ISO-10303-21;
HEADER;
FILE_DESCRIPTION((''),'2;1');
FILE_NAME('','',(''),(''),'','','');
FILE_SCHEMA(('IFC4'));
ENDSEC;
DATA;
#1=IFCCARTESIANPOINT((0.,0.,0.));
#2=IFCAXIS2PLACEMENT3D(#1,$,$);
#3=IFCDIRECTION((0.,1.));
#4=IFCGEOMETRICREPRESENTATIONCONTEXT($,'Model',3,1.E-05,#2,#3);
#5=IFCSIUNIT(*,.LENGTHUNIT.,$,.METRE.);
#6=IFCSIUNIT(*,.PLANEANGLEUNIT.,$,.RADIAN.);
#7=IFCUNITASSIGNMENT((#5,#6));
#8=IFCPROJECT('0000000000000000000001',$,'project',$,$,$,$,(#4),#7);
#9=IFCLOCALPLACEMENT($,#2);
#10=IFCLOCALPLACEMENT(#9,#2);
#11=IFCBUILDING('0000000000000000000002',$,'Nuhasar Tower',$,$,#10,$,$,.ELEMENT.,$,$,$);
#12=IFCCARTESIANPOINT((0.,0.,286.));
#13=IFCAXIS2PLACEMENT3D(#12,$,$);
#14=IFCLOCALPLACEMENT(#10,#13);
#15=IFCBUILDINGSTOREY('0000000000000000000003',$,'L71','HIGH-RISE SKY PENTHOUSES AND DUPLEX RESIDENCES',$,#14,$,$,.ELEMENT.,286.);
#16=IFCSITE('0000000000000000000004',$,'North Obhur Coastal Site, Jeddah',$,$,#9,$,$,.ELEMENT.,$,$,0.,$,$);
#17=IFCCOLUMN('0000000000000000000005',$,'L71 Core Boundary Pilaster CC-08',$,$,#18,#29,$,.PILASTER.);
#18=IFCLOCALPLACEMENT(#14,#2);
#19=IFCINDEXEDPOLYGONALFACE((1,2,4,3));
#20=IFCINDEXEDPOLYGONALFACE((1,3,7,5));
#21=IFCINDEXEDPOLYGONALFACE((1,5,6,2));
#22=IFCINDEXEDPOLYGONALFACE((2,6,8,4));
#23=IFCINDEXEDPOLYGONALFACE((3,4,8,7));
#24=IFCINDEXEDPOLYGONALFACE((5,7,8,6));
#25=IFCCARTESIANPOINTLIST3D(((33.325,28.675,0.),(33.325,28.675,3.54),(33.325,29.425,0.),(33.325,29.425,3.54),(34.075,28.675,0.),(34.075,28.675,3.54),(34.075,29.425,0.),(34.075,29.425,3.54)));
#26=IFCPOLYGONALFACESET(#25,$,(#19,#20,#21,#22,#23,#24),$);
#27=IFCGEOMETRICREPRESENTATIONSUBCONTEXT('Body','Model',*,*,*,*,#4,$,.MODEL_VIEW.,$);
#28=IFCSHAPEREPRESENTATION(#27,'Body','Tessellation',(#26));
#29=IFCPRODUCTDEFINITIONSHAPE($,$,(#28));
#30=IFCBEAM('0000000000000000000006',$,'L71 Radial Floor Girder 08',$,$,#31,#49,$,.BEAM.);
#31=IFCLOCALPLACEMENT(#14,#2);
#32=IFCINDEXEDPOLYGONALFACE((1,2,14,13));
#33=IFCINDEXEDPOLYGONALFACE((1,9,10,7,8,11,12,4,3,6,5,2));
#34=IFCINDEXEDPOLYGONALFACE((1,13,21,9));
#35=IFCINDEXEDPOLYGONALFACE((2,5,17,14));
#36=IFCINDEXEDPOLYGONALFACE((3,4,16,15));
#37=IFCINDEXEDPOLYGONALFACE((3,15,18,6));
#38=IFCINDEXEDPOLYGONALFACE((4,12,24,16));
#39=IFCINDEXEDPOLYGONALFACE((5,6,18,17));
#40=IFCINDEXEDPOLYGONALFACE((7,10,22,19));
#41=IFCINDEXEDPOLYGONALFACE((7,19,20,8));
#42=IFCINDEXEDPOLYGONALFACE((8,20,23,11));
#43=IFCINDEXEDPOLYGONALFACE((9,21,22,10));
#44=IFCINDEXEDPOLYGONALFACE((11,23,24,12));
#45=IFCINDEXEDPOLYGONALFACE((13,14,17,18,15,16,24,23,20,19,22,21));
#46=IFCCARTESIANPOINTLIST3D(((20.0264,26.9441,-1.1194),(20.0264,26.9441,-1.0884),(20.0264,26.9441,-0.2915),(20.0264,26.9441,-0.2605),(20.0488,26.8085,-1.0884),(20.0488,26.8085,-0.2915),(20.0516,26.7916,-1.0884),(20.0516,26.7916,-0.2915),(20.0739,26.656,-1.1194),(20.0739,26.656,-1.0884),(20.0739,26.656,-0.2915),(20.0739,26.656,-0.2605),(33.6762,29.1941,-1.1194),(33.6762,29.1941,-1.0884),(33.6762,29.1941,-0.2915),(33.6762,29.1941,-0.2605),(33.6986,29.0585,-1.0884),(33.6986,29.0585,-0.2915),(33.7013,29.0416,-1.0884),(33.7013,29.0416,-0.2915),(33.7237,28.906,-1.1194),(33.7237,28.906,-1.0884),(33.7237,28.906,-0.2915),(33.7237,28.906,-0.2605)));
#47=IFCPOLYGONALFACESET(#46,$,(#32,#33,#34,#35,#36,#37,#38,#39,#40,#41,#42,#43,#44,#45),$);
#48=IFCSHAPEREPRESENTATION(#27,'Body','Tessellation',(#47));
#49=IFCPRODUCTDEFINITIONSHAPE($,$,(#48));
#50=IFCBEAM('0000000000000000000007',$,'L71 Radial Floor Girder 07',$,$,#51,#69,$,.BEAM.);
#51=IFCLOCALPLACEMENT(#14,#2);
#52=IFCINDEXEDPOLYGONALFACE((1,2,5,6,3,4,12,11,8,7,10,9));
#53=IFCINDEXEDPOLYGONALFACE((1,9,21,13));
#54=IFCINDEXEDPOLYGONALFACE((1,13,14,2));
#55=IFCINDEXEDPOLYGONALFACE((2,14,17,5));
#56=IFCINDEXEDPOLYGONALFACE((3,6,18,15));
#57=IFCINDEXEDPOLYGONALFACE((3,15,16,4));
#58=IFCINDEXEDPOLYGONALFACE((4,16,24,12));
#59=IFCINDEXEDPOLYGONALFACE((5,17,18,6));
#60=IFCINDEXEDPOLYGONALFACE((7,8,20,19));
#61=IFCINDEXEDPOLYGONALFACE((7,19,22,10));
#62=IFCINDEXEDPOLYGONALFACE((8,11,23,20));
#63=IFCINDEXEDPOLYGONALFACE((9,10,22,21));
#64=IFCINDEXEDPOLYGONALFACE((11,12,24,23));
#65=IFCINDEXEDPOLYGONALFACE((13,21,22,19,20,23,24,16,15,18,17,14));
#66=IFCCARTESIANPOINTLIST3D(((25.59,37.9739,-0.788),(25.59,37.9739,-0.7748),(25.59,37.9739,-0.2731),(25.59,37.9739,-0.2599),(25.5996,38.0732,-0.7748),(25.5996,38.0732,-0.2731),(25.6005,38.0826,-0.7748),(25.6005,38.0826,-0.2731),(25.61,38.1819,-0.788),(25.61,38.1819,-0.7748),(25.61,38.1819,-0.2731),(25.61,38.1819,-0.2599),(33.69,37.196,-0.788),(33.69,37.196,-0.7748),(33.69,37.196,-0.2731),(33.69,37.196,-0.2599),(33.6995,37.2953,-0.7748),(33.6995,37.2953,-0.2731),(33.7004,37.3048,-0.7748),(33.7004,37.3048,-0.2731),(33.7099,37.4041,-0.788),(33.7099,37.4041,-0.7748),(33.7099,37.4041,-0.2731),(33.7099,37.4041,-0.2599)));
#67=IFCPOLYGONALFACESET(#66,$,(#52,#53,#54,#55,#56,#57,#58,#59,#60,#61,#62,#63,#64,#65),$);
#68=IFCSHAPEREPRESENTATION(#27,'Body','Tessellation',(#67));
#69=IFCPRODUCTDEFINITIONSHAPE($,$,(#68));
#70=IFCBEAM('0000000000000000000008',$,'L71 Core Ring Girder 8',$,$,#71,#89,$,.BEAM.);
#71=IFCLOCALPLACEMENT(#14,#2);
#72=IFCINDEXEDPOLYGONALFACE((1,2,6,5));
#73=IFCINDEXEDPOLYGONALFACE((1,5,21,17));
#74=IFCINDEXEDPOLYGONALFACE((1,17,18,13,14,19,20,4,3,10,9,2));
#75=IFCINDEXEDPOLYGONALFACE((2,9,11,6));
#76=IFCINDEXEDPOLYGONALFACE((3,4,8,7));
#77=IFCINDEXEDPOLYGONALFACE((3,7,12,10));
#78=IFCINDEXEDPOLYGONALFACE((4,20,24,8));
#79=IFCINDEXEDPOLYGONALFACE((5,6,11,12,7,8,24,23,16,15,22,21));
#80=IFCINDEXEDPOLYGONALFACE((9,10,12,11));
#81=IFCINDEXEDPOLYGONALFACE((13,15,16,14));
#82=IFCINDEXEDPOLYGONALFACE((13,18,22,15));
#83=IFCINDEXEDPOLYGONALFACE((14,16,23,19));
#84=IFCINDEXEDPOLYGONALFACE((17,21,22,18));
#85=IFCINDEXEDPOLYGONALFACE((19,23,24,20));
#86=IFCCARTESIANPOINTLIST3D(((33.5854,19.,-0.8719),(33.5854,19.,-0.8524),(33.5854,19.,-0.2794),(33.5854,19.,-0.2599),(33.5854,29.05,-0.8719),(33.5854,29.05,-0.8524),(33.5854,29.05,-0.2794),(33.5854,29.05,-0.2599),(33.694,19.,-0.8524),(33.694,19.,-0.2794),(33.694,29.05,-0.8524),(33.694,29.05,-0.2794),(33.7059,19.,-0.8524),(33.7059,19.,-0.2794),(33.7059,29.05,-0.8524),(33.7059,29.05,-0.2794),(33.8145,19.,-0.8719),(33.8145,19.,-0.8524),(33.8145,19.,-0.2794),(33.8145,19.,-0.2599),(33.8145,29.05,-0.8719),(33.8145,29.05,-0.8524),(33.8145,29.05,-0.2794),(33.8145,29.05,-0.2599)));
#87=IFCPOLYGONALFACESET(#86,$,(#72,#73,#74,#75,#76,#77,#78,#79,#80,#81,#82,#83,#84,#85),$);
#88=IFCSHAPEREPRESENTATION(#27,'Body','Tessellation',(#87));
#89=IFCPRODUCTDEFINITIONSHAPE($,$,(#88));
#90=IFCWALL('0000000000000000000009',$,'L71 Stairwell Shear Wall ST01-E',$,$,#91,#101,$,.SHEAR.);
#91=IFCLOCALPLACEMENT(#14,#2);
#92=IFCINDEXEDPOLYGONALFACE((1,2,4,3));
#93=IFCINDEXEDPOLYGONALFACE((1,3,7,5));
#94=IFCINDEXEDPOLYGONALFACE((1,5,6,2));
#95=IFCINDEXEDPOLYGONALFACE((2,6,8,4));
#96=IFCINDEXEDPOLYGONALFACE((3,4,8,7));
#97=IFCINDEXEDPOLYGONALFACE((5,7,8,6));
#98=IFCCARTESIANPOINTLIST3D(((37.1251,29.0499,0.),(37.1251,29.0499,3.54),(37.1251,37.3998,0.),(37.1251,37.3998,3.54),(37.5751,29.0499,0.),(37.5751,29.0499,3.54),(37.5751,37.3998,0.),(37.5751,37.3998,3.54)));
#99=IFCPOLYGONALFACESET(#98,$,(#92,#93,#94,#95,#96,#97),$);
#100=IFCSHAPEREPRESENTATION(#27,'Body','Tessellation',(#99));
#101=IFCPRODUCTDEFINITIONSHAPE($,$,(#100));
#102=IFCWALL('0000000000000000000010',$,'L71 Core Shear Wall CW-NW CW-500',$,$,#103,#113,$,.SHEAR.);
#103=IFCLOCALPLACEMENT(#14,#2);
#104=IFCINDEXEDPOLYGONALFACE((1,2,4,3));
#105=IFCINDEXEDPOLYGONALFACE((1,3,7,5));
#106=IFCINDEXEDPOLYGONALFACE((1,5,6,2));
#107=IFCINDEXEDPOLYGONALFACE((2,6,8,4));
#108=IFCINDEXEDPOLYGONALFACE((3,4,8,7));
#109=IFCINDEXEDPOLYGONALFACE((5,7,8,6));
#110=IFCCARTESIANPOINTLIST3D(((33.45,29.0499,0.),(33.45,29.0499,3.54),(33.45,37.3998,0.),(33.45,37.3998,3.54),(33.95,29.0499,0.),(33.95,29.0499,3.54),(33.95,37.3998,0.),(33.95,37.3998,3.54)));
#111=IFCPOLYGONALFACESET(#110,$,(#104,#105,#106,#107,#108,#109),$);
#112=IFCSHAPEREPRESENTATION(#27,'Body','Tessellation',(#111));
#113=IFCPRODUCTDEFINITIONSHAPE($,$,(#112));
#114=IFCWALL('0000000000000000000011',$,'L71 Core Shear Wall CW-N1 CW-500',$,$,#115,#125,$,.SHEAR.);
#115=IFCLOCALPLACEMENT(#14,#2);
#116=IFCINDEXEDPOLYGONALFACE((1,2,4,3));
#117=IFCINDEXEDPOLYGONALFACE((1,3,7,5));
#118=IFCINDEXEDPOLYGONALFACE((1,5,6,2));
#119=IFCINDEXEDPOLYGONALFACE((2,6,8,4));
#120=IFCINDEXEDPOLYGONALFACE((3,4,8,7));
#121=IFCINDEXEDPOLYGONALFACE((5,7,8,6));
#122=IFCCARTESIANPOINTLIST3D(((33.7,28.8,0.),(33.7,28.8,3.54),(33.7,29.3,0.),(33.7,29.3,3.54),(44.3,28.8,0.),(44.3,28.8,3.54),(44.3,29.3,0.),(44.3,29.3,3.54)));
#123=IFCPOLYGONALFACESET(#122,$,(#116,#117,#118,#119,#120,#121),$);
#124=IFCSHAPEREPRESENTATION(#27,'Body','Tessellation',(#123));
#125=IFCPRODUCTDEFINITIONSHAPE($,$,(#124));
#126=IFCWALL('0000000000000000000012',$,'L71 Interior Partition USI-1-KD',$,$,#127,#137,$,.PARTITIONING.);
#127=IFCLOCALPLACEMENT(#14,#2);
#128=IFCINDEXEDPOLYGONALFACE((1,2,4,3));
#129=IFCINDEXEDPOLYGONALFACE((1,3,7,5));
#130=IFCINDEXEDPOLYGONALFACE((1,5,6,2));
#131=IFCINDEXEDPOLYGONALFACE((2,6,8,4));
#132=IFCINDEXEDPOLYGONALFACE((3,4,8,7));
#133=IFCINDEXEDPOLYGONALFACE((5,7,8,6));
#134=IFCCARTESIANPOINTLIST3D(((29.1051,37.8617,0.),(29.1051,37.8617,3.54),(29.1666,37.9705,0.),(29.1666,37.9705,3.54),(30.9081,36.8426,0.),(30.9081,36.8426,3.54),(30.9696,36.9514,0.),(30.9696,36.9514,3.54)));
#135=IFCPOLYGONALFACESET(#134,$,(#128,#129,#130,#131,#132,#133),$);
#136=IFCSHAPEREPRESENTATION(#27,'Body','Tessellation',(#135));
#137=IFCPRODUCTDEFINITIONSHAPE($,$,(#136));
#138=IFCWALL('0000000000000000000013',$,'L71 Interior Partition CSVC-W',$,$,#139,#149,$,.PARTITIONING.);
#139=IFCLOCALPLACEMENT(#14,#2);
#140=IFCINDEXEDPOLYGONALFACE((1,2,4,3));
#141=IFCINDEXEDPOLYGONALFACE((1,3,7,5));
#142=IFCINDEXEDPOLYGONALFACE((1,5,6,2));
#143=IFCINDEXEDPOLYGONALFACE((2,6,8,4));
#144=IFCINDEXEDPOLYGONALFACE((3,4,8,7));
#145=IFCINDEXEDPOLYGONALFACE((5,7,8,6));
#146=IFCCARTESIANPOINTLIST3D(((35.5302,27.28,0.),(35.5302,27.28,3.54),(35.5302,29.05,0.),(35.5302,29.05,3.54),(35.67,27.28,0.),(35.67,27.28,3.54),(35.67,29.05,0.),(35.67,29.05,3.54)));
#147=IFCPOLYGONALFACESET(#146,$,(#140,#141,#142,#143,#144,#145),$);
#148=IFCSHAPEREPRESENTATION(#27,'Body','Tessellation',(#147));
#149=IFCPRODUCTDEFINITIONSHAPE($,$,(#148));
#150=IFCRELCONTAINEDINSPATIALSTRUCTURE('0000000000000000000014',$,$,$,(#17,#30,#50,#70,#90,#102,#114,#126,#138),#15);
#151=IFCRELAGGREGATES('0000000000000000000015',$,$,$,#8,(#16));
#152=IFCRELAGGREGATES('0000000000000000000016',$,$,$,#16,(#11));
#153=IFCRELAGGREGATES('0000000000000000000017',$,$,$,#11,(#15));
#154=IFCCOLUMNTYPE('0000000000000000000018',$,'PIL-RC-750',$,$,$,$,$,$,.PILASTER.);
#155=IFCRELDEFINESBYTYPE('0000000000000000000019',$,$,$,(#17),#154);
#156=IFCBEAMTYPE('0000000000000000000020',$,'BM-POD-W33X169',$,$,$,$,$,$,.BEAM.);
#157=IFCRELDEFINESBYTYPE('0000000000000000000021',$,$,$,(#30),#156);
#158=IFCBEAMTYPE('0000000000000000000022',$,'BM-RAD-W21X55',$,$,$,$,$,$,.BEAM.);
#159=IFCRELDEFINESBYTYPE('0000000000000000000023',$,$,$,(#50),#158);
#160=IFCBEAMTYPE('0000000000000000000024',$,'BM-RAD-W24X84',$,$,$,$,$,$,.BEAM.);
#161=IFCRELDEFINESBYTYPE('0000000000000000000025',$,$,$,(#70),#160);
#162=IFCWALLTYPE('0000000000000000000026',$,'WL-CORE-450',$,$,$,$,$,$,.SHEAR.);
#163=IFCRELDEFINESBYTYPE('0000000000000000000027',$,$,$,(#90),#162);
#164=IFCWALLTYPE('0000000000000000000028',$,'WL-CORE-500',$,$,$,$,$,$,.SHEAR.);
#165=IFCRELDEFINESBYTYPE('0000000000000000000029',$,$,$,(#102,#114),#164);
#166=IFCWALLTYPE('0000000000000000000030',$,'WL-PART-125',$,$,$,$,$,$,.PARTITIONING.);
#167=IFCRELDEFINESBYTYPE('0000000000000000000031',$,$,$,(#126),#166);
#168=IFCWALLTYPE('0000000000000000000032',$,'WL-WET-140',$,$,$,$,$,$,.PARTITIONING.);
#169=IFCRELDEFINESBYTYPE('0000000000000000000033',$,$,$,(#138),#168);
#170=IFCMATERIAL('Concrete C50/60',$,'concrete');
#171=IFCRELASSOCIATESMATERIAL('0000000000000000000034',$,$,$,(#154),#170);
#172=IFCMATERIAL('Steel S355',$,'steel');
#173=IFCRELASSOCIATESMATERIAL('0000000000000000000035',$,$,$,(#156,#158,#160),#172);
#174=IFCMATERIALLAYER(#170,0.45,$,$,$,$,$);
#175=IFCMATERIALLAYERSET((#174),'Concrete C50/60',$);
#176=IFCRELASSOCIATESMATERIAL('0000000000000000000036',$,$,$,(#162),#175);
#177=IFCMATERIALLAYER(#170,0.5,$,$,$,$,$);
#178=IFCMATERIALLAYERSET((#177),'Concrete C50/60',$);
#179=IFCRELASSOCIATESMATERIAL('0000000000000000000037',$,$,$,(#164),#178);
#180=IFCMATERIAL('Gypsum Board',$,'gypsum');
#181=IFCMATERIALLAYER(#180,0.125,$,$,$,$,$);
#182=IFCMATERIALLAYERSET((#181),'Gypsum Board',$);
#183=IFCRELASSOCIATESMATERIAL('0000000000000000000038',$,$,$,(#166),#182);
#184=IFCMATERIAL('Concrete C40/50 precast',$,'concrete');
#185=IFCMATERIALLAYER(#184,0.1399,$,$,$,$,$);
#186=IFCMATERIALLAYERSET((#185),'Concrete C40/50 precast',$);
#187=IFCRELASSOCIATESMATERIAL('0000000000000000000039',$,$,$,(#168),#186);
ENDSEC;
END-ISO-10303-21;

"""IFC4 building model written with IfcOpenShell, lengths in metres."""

from ifc_helpers import new_model, si_unit, direction, frame, frame_2d, origin, origin_2d, place, context, subcontext, project, spatial, rectangle, i_section, extrude, material, layer, layer_set, material_profile, profile_set, type_object, element, save


model = new_model("IFC4")

# Units and contexts
model_context = context("Model", 3, precision=1e-05, world=origin(), true_north=direction((0.0, 1.0)))
body_context = subcontext(model_context, "Body", "Model", "MODEL_VIEW")
ifc_project = project(units=[si_unit("LENGTHUNIT", "METRE"), si_unit("PLANEANGLEUNIT", "RADIAN")], contexts=[model_context])

# Site, building, storey
site_placement = place(None, origin())
site = spatial("IfcSite", under=ifc_project, at=site_placement, Name="North Obhur Coastal Site, Jeddah", CompositionType="ELEMENT", RefElevation=0.0)
building_placement = place(site_placement, origin())
building = spatial("IfcBuilding", under=site, at=building_placement, Name="Nuhasar Tower", CompositionType="ELEMENT")
storey_placement = place(building_placement, frame((0.0, 0.0, 286.0)))
storey = spatial("IfcBuildingStorey", under=building, at=storey_placement, Name="L71", Description="HIGH-RISE SKY PENTHOUSES AND DUPLEX RESIDENCES", CompositionType="ELEMENT", Elevation=286.0)

# Column
ifc_material_1 = material(Name="Concrete C50/60", Category="concrete")
ifc_material_profile_1 = material_profile(ifc_material_1, rectangle(XDim=0.75, YDim=0.75, at=origin_2d()), Name="RC750X750")
ifc_profile_set_1 = profile_set([ifc_material_profile_1], Name="Concrete C50/60")
column_type = type_object("IfcColumnType", Name="PIL-RC-750", PredefinedType="PILASTER", material=ifc_profile_set_1)
column_placement = place(storey_placement, frame((33.7, 29.05, 0.0), z_axis=(0.0, 0.0, 1.0), x_axis=(1.0, 0.0, 0.0)))
element("IfcColumn", 1, at=column_placement, inside=storey, type_object=column_type, Name="L71 Core Boundary Pilaster CC-08", PredefinedType="PILASTER", context=body_context, shape_type="SweptSolid", body=[
    extrude(rectangle(XDim=0.75, YDim=0.75, at=origin_2d()), origin(), (0.0, 0.0, 1.0), 3.54),
])

# Beams
ifc_material_2 = material(Name="Steel S355", Category="steel")
ifc_material_profile_2 = material_profile(ifc_material_2, i_section(OverallWidth=0.292, OverallDepth=0.8589, WebThickness=0.0171, FlangeThickness=0.031, at=origin_2d()), Name="W33X169")
ifc_profile_set_2 = profile_set([ifc_material_profile_2], Name="Steel S355")
beam_type_1 = type_object("IfcBeamType", Name="BM-POD-W33X169", PredefinedType="BEAM", material=ifc_profile_set_2)
beam_1_placement = place(storey_placement, frame((33.7, 29.05, -0.6899), z_axis=(-0.986685, -0.162642, 0.0), x_axis=(0.162642, -0.986685, 0.0)))
element("IfcBeam", 2, at=beam_1_placement, inside=storey, type_object=beam_type_1, Name="L71 Radial Floor Girder 08", PredefinedType="BEAM", context=body_context, shape_type="SweptSolid", body=[
    extrude(i_section(OverallWidth=0.292, OverallDepth=0.8589, WebThickness=0.0171, FlangeThickness=0.031, at=origin_2d()), origin(), (0.0, 0.0, 1.0), 13.834),
])
ifc_material_profile_3 = material_profile(ifc_material_2, i_section(OverallWidth=0.209, OverallDepth=0.5281, WebThickness=0.0095, FlangeThickness=0.0132, at=origin_2d()), Name="W21X55")
ifc_profile_set_3 = profile_set([ifc_material_profile_3], Name="Steel S355")
beam_type_2 = type_object("IfcBeamType", Name="BM-RAD-W21X55", PredefinedType="BEAM", material=ifc_profile_set_3)
beam_2_placement = place(storey_placement, frame((33.7, 37.3, -0.5239), z_axis=(-0.995421, 0.095591, 0.0), x_axis=(-0.095591, -0.995421, 0.0)))
element("IfcBeam", 3, at=beam_2_placement, inside=storey, type_object=beam_type_2, Name="L71 Radial Floor Girder 07", PredefinedType="BEAM", context=body_context, shape_type="SweptSolid", body=[
    extrude(i_section(OverallWidth=0.209, OverallDepth=0.5281, WebThickness=0.0095, FlangeThickness=0.0132, at=origin_2d()), origin(), (0.0, 0.0, 1.0), 8.1372),
])
ifc_material_profile_4 = material_profile(ifc_material_2, i_section(OverallWidth=0.229, OverallDepth=0.6121, WebThickness=0.012, FlangeThickness=0.0195, at=origin_2d()), Name="W24X84")
ifc_profile_set_4 = profile_set([ifc_material_profile_4], Name="Steel S355")
beam_type_3 = type_object("IfcBeamType", Name="BM-RAD-W24X84", PredefinedType="BEAM", material=ifc_profile_set_4)
beam_3_placement = place(storey_placement, frame((33.7, 29.05, -0.5659), z_axis=(0.0, -1.0, 0.0), x_axis=(1.0, 0.0, 0.0)))
element("IfcBeam", 4, at=beam_3_placement, inside=storey, type_object=beam_type_3, Name="L71 Core Ring Girder 8", PredefinedType="BEAM", context=body_context, shape_type="SweptSolid", body=[
    extrude(i_section(OverallWidth=0.229, OverallDepth=0.6121, WebThickness=0.012, FlangeThickness=0.0195, at=origin_2d()), origin(), (0.0, 0.0, 1.0), 10.05),
])

# Walls
ifc_layer_1 = layer(ifc_material_1, 0.45)
ifc_layer_set_1 = layer_set([ifc_layer_1], Name="Concrete C50/60")
wall_type_1 = type_object("IfcWallType", Name="WL-CORE-450", PredefinedType="SHEAR", material=ifc_layer_set_1)
wall_1_placement = place(storey_placement, frame((37.3501, 29.05, 0.0), z_axis=(0.0, 0.0, 1.0), x_axis=(0.0, 1.0, 0.0)))
element("IfcWall", 5, at=wall_1_placement, inside=storey, type_object=wall_type_1, Name="L71 Stairwell Shear Wall ST01-E", PredefinedType="SHEAR", context=body_context, shape_type="SweptSolid", body=[
    extrude(rectangle(XDim=8.3499, YDim=0.45, at=frame_2d((4.1748, 0.0))), origin(), (0.0, 0.0, 1.0), 3.54),
])
ifc_layer_2 = layer(ifc_material_1, 0.5)
ifc_layer_set_2 = layer_set([ifc_layer_2], Name="Concrete C50/60")
wall_type_2 = type_object("IfcWallType", Name="WL-CORE-500", PredefinedType="SHEAR", material=ifc_layer_set_2)
wall_2_placement = place(storey_placement, frame((33.7, 29.05, 0.0), z_axis=(0.0, 0.0, 1.0), x_axis=(0.0, 1.0, 0.0)))
element("IfcWall", 6, at=wall_2_placement, inside=storey, type_object=wall_type_2, Name="L71 Core Shear Wall CW-NW CW-500", PredefinedType="SHEAR", context=body_context, shape_type="SweptSolid", body=[
    extrude(rectangle(XDim=8.3499, YDim=0.5, at=frame_2d((4.1748, 0.0))), origin(), (0.0, 0.0, 1.0), 3.54),
])
wall_3_placement = place(storey_placement, frame((33.7, 29.05, 0.0), z_axis=(0.0, 0.0, 1.0), x_axis=(1.0, 0.0, 0.0)))
element("IfcWall", 7, at=wall_3_placement, inside=storey, type_object=wall_type_2, Name="L71 Core Shear Wall CW-N1 CW-500", PredefinedType="SHEAR", context=body_context, shape_type="SweptSolid", body=[
    extrude(rectangle(XDim=10.6001, YDim=0.5, at=frame_2d((5.3, 0.0))), origin(), (0.0, 0.0, 1.0), 3.54),
])
ifc_material_3 = material(Name="Gypsum Board", Category="gypsum")
ifc_layer_3 = layer(ifc_material_3, 0.125)
ifc_layer_set_3 = layer_set([ifc_layer_3], Name="Gypsum Board")
wall_type_3 = type_object("IfcWallType", Name="WL-PART-125", PredefinedType="PARTITIONING", material=ifc_layer_set_3)
wall_4_placement = place(storey_placement, frame((30.939, 36.897, 0.0), z_axis=(0.0, 0.0, 1.0), x_axis=(-0.870569, 0.492046, 0.0)))
element("IfcWall", 8, at=wall_4_placement, inside=storey, type_object=wall_type_3, Name="L71 Interior Partition USI-1-KD", PredefinedType="PARTITIONING", context=body_context, shape_type="SweptSolid", body=[
    extrude(rectangle(XDim=2.071, YDim=0.125, at=frame_2d((1.0356, 0.0))), origin(), (0.0, 0.0, 1.0), 3.54),
])
ifc_material_4 = material(Name="Concrete C40/50 precast", Category="concrete")
ifc_layer_4 = layer(ifc_material_4, 0.1399)
ifc_layer_set_4 = layer_set([ifc_layer_4], Name="Concrete C40/50 precast")
wall_type_4 = type_object("IfcWallType", Name="WL-WET-140", PredefinedType="PARTITIONING", material=ifc_layer_set_4)
wall_5_placement = place(storey_placement, frame((35.6001, 27.28, 0.0), z_axis=(0.0, 0.0, 1.0), x_axis=(0.0, 1.0, 0.0)))
element("IfcWall", 9, at=wall_5_placement, inside=storey, type_object=wall_type_4, Name="L71 Interior Partition CSVC-W", PredefinedType="PARTITIONING", context=body_context, shape_type="SweptSolid", body=[
    extrude(rectangle(XDim=1.77, YDim=0.1399, at=frame_2d((0.885, 0.0))), origin(), (0.0, 0.0, 1.0), 3.54),
])

save(model, "model.ifc")
